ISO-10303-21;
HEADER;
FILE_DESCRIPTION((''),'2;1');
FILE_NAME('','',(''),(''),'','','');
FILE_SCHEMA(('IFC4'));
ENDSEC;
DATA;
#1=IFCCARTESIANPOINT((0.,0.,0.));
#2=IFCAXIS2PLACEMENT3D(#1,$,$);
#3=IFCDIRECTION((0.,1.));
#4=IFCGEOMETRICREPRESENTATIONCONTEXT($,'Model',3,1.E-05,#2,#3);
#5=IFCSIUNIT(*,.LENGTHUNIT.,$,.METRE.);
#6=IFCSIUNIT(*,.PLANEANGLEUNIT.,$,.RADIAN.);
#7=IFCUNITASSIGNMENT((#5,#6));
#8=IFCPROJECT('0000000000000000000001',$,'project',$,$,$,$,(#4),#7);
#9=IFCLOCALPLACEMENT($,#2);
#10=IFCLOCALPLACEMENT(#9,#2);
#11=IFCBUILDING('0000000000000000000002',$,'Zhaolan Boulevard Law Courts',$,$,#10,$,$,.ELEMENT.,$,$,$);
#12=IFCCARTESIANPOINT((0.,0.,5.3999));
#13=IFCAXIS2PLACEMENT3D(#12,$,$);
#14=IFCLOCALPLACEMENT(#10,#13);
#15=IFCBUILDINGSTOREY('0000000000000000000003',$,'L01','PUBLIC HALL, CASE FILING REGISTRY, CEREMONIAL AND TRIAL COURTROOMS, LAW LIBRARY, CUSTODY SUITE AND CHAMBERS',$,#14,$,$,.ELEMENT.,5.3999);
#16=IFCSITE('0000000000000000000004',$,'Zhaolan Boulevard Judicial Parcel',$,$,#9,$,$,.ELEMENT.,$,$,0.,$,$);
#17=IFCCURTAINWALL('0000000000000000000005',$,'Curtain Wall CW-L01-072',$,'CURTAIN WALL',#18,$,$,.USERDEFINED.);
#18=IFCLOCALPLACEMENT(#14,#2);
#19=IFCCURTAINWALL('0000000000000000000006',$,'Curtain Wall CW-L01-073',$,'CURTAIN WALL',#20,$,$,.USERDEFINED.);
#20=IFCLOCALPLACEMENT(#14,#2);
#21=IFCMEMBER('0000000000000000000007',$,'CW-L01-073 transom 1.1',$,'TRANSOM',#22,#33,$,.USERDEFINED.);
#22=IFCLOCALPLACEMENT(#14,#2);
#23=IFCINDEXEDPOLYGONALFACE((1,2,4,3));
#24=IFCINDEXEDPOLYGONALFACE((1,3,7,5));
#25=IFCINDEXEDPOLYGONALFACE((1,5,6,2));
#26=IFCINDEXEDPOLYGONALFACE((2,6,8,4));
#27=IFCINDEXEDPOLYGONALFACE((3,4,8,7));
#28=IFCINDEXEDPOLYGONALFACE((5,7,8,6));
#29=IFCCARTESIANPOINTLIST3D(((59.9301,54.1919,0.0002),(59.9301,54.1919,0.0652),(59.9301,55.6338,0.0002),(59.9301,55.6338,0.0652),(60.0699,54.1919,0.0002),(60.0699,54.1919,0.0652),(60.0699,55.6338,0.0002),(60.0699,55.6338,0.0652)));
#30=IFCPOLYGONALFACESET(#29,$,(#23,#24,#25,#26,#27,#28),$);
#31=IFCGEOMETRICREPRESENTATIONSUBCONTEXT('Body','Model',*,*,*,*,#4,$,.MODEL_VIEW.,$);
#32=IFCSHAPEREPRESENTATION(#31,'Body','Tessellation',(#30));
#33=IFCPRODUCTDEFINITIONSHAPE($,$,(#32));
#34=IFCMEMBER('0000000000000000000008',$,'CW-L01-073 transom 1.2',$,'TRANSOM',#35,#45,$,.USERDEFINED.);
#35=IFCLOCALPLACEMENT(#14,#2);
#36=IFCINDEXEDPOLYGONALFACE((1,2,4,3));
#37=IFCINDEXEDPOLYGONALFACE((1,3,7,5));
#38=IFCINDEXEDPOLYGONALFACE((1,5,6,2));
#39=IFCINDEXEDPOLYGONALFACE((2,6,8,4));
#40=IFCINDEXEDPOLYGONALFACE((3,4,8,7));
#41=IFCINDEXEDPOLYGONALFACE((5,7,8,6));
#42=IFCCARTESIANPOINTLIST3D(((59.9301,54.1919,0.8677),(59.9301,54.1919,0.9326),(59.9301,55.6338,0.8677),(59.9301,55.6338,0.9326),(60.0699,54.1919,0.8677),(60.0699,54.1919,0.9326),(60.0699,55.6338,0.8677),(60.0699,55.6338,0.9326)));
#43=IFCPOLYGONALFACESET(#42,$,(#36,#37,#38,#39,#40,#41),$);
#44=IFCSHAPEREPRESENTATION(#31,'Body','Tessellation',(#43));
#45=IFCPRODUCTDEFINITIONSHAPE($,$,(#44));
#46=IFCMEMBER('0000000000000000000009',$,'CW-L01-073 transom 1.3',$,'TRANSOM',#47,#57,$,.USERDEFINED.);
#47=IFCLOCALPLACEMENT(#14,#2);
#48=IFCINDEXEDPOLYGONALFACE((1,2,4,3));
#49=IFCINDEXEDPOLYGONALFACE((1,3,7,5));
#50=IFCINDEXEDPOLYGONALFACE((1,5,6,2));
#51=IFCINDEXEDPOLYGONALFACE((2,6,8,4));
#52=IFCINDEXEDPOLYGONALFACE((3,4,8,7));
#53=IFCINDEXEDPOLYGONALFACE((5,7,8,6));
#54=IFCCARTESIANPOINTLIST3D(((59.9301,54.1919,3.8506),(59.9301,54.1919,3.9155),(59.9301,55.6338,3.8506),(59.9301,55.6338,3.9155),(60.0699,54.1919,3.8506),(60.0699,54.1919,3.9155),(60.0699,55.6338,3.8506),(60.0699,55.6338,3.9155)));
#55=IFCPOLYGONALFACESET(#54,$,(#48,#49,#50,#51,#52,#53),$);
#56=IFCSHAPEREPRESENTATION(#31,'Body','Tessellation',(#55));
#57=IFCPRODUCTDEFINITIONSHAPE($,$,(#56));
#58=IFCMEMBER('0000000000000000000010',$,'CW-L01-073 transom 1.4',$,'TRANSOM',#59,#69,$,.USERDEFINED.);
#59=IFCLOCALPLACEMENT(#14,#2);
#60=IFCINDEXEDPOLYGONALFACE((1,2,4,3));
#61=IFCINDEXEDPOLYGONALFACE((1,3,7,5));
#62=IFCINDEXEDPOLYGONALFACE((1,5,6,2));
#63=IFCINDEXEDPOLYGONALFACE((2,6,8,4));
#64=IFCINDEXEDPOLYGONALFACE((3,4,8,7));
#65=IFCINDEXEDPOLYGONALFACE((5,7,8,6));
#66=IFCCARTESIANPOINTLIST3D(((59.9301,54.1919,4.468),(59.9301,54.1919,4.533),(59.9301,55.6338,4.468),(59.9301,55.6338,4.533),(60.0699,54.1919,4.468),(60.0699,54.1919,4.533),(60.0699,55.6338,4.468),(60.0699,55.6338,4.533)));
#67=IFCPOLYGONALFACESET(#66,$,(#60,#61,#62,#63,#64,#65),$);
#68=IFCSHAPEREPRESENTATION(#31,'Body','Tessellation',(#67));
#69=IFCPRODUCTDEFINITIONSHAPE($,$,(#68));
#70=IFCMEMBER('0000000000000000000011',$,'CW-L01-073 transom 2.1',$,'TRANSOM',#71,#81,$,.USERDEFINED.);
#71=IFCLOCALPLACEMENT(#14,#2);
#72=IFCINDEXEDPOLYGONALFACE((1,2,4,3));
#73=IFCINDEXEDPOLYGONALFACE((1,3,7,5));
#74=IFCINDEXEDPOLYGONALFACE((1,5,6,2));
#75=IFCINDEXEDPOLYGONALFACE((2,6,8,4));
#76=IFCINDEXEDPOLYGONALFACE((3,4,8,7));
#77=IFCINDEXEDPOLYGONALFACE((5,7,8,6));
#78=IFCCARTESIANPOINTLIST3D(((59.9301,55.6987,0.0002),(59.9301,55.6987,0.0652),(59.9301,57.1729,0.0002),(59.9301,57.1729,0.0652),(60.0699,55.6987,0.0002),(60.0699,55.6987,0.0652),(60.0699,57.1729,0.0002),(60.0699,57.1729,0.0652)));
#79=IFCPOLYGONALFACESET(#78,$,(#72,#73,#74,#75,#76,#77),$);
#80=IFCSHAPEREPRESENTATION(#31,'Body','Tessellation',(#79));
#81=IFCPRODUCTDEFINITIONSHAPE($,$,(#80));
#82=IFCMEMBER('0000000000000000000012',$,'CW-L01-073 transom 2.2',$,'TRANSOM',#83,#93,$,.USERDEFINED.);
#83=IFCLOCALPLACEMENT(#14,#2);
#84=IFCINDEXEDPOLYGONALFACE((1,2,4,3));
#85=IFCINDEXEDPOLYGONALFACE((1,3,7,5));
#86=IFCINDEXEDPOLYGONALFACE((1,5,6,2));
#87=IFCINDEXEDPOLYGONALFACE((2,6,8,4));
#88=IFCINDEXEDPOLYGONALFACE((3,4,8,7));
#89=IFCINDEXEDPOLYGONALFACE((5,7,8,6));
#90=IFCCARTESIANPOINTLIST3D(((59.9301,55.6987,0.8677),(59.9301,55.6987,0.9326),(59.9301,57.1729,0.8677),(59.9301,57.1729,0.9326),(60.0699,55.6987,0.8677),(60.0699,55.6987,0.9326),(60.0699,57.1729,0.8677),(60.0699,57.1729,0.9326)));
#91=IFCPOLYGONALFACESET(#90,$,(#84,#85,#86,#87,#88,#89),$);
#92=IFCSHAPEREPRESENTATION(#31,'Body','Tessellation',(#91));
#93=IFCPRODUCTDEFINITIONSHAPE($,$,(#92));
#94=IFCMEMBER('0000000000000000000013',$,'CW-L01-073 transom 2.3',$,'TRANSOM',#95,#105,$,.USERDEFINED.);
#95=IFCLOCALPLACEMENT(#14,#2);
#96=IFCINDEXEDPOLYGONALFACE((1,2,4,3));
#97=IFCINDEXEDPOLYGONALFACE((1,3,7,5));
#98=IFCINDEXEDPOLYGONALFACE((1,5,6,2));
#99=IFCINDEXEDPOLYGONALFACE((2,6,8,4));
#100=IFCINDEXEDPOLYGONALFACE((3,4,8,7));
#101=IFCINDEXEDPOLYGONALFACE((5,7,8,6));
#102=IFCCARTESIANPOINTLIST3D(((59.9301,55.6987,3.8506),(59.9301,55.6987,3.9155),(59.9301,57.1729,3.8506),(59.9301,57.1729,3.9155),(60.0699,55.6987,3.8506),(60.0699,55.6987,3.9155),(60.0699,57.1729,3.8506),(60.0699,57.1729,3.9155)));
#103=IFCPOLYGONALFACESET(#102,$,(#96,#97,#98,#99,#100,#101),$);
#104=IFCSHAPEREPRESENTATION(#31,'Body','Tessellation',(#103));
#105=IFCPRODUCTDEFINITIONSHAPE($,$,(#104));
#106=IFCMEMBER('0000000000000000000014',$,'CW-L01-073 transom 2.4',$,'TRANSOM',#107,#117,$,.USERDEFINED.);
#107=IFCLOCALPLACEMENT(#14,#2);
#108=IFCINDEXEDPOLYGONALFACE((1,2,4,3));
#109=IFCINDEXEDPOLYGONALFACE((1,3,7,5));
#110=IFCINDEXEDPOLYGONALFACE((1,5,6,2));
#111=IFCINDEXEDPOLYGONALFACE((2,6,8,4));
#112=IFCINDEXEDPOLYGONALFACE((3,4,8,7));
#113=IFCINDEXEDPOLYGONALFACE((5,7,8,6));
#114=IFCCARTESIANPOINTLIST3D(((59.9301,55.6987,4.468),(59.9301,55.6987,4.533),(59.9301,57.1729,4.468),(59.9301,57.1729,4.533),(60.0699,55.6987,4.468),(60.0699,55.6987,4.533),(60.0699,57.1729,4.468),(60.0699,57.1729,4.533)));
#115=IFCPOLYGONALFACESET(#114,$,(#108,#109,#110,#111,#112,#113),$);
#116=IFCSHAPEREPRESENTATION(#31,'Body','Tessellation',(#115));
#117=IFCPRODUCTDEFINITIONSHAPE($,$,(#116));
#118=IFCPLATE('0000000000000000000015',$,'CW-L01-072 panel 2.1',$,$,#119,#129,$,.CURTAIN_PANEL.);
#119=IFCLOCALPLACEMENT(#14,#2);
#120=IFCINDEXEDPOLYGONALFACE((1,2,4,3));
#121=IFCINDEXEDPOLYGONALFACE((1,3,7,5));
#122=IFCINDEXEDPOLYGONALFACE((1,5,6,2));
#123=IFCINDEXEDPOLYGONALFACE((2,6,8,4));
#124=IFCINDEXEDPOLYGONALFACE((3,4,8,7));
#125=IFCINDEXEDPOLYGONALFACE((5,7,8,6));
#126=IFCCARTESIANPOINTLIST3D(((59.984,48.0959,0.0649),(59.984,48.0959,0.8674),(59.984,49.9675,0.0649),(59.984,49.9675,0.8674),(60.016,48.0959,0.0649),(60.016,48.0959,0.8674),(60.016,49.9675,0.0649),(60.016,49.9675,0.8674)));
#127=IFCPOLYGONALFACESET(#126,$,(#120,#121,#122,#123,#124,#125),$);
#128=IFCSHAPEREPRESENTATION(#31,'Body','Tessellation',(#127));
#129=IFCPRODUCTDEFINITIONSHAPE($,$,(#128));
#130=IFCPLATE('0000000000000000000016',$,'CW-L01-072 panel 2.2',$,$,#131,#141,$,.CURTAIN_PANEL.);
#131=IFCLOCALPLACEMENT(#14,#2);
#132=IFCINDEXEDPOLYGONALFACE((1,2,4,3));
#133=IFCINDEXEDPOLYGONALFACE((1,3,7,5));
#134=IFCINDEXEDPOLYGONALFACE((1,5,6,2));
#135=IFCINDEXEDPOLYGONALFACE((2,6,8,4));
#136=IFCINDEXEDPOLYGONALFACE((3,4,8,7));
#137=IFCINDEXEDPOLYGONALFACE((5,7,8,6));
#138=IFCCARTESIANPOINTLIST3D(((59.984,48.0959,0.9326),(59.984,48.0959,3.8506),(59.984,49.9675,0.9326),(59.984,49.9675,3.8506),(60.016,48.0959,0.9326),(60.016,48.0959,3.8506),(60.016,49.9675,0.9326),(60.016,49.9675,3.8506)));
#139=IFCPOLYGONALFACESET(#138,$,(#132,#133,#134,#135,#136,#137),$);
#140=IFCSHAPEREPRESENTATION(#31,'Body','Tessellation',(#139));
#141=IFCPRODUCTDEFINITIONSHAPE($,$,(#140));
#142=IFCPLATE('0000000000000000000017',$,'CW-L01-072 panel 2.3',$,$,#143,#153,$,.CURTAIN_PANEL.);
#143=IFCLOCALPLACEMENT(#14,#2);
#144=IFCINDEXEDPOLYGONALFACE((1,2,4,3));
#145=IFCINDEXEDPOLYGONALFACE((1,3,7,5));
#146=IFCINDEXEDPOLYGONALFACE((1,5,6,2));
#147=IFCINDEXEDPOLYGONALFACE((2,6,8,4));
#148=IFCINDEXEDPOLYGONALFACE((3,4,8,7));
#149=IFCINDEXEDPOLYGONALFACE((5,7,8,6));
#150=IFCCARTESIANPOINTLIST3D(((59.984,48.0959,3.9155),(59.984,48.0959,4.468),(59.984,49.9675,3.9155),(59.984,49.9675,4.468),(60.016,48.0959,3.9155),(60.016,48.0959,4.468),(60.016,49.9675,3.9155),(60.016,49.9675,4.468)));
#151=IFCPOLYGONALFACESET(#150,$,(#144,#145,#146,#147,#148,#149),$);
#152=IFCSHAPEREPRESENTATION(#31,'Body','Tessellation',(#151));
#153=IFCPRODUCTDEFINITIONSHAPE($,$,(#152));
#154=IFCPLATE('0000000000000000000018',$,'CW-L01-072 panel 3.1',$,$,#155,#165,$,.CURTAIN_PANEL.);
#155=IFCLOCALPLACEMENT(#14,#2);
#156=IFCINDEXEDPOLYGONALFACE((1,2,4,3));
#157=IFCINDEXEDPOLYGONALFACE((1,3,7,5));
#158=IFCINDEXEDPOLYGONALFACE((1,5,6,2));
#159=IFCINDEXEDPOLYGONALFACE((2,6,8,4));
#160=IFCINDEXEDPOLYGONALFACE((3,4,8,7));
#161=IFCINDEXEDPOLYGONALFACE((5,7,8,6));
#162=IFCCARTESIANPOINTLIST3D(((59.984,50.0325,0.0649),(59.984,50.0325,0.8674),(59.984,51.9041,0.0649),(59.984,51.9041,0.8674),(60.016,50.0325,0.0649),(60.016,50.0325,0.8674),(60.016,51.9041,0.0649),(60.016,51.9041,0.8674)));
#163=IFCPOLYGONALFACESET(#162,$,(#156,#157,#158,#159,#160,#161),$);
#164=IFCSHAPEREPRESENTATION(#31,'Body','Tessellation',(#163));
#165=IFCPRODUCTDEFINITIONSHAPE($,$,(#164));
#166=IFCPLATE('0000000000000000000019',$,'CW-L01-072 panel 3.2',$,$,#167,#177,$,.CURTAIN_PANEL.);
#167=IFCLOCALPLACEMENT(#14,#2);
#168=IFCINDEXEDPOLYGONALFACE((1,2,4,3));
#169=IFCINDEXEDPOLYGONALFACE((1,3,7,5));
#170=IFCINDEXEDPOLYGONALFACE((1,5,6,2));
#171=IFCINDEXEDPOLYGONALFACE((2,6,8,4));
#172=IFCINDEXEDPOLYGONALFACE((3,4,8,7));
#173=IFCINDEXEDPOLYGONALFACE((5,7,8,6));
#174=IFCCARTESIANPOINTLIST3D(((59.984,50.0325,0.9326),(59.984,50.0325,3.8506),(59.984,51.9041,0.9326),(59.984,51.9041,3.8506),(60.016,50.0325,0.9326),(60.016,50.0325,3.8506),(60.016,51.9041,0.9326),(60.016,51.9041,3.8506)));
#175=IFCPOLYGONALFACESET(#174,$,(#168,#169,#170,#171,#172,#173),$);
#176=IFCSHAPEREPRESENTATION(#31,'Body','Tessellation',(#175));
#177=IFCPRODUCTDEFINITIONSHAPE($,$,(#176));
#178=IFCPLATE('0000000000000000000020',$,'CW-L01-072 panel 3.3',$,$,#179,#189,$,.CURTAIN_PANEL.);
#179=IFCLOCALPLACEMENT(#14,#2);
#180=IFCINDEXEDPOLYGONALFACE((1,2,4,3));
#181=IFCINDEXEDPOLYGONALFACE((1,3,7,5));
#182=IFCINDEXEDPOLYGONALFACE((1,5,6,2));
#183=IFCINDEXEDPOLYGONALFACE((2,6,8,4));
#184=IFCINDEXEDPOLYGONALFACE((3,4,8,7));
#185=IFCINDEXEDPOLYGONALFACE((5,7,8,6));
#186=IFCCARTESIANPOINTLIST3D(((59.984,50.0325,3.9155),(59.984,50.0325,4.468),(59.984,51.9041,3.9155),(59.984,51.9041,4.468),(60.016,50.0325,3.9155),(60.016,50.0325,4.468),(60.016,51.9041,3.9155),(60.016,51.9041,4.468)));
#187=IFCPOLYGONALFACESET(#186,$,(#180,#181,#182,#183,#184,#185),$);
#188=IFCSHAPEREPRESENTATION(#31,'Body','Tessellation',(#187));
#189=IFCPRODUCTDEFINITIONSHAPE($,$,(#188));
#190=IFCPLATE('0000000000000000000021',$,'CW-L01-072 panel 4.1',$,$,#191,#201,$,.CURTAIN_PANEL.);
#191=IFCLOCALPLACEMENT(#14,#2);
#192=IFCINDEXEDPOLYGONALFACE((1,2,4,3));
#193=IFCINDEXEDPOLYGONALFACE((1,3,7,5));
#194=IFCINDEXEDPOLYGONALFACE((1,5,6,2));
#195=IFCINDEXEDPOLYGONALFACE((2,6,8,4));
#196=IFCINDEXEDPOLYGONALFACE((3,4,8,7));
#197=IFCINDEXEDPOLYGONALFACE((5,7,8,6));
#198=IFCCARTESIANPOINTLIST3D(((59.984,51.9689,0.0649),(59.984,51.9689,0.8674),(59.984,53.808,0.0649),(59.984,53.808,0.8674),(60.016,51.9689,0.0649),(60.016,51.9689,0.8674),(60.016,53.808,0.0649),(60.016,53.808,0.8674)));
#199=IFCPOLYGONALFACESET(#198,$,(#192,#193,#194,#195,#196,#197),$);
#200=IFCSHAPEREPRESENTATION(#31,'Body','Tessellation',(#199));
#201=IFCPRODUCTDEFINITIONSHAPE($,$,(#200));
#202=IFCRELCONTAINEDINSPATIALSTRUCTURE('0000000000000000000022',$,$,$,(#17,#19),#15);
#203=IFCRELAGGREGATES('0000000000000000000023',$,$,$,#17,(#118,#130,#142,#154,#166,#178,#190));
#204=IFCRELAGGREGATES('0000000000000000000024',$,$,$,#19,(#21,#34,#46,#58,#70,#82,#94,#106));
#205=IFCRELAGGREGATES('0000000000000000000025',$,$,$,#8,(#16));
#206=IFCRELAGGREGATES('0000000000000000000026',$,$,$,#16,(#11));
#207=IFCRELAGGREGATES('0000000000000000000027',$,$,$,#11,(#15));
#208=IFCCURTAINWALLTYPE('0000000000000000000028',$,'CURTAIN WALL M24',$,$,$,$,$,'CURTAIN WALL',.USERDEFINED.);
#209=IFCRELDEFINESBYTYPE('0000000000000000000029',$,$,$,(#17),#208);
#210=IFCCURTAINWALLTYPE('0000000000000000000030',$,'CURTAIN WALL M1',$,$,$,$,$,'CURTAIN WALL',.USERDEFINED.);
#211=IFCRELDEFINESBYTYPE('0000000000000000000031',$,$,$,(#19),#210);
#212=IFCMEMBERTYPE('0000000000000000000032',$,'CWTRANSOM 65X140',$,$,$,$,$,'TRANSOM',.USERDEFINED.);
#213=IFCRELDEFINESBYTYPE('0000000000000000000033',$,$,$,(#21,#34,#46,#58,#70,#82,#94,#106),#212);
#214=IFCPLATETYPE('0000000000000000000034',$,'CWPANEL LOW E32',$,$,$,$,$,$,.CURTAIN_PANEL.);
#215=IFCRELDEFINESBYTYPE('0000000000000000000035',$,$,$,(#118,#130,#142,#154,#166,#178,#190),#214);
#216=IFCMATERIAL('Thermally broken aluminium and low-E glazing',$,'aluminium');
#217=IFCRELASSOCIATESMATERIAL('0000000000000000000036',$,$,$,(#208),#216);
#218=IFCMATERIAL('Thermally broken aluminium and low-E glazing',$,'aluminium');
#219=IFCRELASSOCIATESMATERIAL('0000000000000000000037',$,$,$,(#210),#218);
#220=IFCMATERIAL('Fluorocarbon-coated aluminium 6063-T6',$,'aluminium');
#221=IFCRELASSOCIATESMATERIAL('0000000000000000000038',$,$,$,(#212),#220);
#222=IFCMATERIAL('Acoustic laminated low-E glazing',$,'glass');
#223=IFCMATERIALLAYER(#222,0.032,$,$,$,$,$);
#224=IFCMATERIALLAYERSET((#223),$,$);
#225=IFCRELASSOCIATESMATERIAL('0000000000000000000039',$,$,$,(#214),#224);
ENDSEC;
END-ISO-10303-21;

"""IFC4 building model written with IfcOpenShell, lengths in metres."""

from ifc_helpers import new_model, si_unit, direction, frame, origin, origin_2d, place, context, subcontext, project, spatial, rectangle, extrude, material, layer, layer_set, material_profile, profile_set, type_object, element, aggregate, save


model = new_model("IFC4")

# Units and contexts
model_context = context("Model", 3, precision=1e-05, world=origin(), true_north=direction((0.0, 1.0)))
body_context = subcontext(model_context, "Body", "Model", "MODEL_VIEW")
ifc_project = project(units=[si_unit("LENGTHUNIT", "METRE"), si_unit("PLANEANGLEUNIT", "RADIAN")], contexts=[model_context])

# Site, building, storey
site_placement = place(None, origin())
site = spatial("IfcSite", under=ifc_project, at=site_placement, Name="Zhaolan Boulevard Judicial Parcel", CompositionType="ELEMENT", RefElevation=0.0)
building_placement = place(site_placement, origin())
building = spatial("IfcBuilding", under=site, at=building_placement, Name="Zhaolan Boulevard Law Courts", CompositionType="ELEMENT")
storey_placement = place(building_placement, frame((0.0, 0.0, 5.3999)))
storey = spatial("IfcBuildingStorey", under=building, at=storey_placement, Name="L01", Description="PUBLIC HALL, CASE FILING REGISTRY, CEREMONIAL AND TRIAL COURTROOMS, LAW LIBRARY, CUSTODY SUITE AND CHAMBERS", CompositionType="ELEMENT", Elevation=5.3999)

# Curtain walls
ifc_material_1 = material(Name="Thermally broken aluminium and low-E glazing", Category="aluminium")
curtain_wall_type_1 = type_object("IfcCurtainWallType", Name="CURTAIN WALL M24", ElementType="CURTAIN WALL", PredefinedType="USERDEFINED", material=ifc_material_1)
curtain_wall_1_placement = place(storey_placement, origin())
curtain_wall_1 = element("IfcCurtainWall", 1, at=curtain_wall_1_placement, inside=storey, type_object=curtain_wall_type_1, Name="Curtain Wall CW-L01-072", ObjectType="CURTAIN WALL", PredefinedType="USERDEFINED")
ifc_material_2 = material(Name="Thermally broken aluminium and low-E glazing", Category="aluminium")
curtain_wall_type_2 = type_object("IfcCurtainWallType", Name="CURTAIN WALL M1", ElementType="CURTAIN WALL", PredefinedType="USERDEFINED", material=ifc_material_2)
curtain_wall_2_placement = place(storey_placement, origin())
curtain_wall_2 = element("IfcCurtainWall", 2, at=curtain_wall_2_placement, inside=storey, type_object=curtain_wall_type_2, Name="Curtain Wall CW-L01-073", ObjectType="CURTAIN WALL", PredefinedType="USERDEFINED")

# Members
ifc_material_3 = material(Name="Fluorocarbon-coated aluminium 6063-T6", Category="aluminium")
ifc_material_profile_1 = material_profile(ifc_material_3, rectangle(XDim=0.1399, YDim=0.0649, at=origin_2d()), Name="AL65x140")
ifc_profile_set_1 = profile_set([ifc_material_profile_1], Name="Fluorocarbon-coated aluminium 6063-T6")
member_type_1 = type_object("IfcMemberType", Name="CWTRANSOM 65X140", ElementType="TRANSOM", PredefinedType="USERDEFINED", material=ifc_profile_set_1)
member_1_placement = place(storey_placement, frame((60.0, 54.1919, 0.0327), z_axis=(0.0, 1.0, 0.0), x_axis=(-1.0, 0.0, 0.0)))
member_1 = element("IfcMember", 3, at=member_1_placement, type_object=member_type_1, Name="CW-L01-073 transom 1.1", ObjectType="TRANSOM", PredefinedType="USERDEFINED", context=body_context, shape_type="SweptSolid", body=[
    extrude(rectangle(XDim=0.1399, YDim=0.0649, at=origin_2d()), origin(), (0.0, 0.0, 1.0), 1.4419),
])
member_2_placement = place(storey_placement, frame((60.0, 54.1919, 0.9001), z_axis=(0.0, 1.0, 0.0), x_axis=(-1.0, 0.0, 0.0)))
member_2 = element("IfcMember", 4, at=member_2_placement, type_object=member_type_1, Name="CW-L01-073 transom 1.2", ObjectType="TRANSOM", PredefinedType="USERDEFINED", context=body_context, shape_type="SweptSolid", body=[
    extrude(rectangle(XDim=0.1399, YDim=0.0649, at=origin_2d()), origin(), (0.0, 0.0, 1.0), 1.4419),
])
member_3_placement = place(storey_placement, frame((60.0, 54.1919, 3.8831), z_axis=(0.0, 1.0, 0.0), x_axis=(-1.0, 0.0, 0.0)))
member_3 = element("IfcMember", 5, at=member_3_placement, type_object=member_type_1, Name="CW-L01-073 transom 1.3", ObjectType="TRANSOM", PredefinedType="USERDEFINED", context=body_context, shape_type="SweptSolid", body=[
    extrude(rectangle(XDim=0.1399, YDim=0.0649, at=origin_2d()), origin(), (0.0, 0.0, 1.0), 1.4419),
])
member_4_placement = place(storey_placement, frame((60.0, 54.1919, 4.5005), z_axis=(0.0, 1.0, 0.0), x_axis=(-1.0, 0.0, 0.0)))
member_4 = element("IfcMember", 6, at=member_4_placement, type_object=member_type_1, Name="CW-L01-073 transom 1.4", ObjectType="TRANSOM", PredefinedType="USERDEFINED", context=body_context, shape_type="SweptSolid", body=[
    extrude(rectangle(XDim=0.1399, YDim=0.0649, at=origin_2d()), origin(), (0.0, 0.0, 1.0), 1.4419),
])
member_5_placement = place(storey_placement, frame((60.0, 55.6987, 0.0327), z_axis=(0.0, 1.0, 0.0), x_axis=(-1.0, 0.0, 0.0)))
member_5 = element("IfcMember", 7, at=member_5_placement, type_object=member_type_1, Name="CW-L01-073 transom 2.1", ObjectType="TRANSOM", PredefinedType="USERDEFINED", context=body_context, shape_type="SweptSolid", body=[
    extrude(rectangle(XDim=0.1399, YDim=0.0649, at=origin_2d()), origin(), (0.0, 0.0, 1.0), 1.4741),
])
member_6_placement = place(storey_placement, frame((60.0, 55.6987, 0.9001), z_axis=(0.0, 1.0, 0.0), x_axis=(-1.0, 0.0, 0.0)))
member_6 = element("IfcMember", 8, at=member_6_placement, type_object=member_type_1, Name="CW-L01-073 transom 2.2", ObjectType="TRANSOM", PredefinedType="USERDEFINED", context=body_context, shape_type="SweptSolid", body=[
    extrude(rectangle(XDim=0.1399, YDim=0.0649, at=origin_2d()), origin(), (0.0, 0.0, 1.0), 1.4741),
])
member_7_placement = place(storey_placement, frame((60.0, 55.6987, 3.8831), z_axis=(0.0, 1.0, 0.0), x_axis=(-1.0, 0.0, 0.0)))
member_7 = element("IfcMember", 9, at=member_7_placement, type_object=member_type_1, Name="CW-L01-073 transom 2.3", ObjectType="TRANSOM", PredefinedType="USERDEFINED", context=body_context, shape_type="SweptSolid", body=[
    extrude(rectangle(XDim=0.1399, YDim=0.0649, at=origin_2d()), origin(), (0.0, 0.0, 1.0), 1.4741),
])
member_8_placement = place(storey_placement, frame((60.0, 55.6987, 4.5005), z_axis=(0.0, 1.0, 0.0), x_axis=(-1.0, 0.0, 0.0)))
member_8 = element("IfcMember", 10, at=member_8_placement, type_object=member_type_1, Name="CW-L01-073 transom 2.4", ObjectType="TRANSOM", PredefinedType="USERDEFINED", context=body_context, shape_type="SweptSolid", body=[
    extrude(rectangle(XDim=0.1399, YDim=0.0649, at=origin_2d()), origin(), (0.0, 0.0, 1.0), 1.4741),
])

# Plates
ifc_material_4 = material(Name="Acoustic laminated low-E glazing", Category="glass")
ifc_layer = layer(ifc_material_4, 0.032)
ifc_layer_set = layer_set([ifc_layer])
plate_type = type_object("IfcPlateType", Name="CWPANEL LOW E32", PredefinedType="CURTAIN_PANEL", material=ifc_layer_set)
plate_1_placement = place(storey_placement, frame((60.0, 49.0317, 0.0649), z_axis=(0.0, 0.0, 1.0), x_axis=(0.0, 1.0, 0.0)))
plate_1 = element("IfcPlate", 11, at=plate_1_placement, type_object=plate_type, Name="CW-L01-072 panel 2.1", PredefinedType="CURTAIN_PANEL", context=body_context, shape_type="SweptSolid", body=[
    extrude(rectangle(XDim=1.8716, YDim=0.032, at=origin_2d()), origin(), (0.0, 0.0, 1.0), 0.8025),
])
plate_2_placement = place(storey_placement, frame((60.0, 49.0317, 0.9326), z_axis=(0.0, 0.0, 1.0), x_axis=(0.0, 1.0, 0.0)))
plate_2 = element("IfcPlate", 12, at=plate_2_placement, type_object=plate_type, Name="CW-L01-072 panel 2.2", PredefinedType="CURTAIN_PANEL", context=body_context, shape_type="SweptSolid", body=[
    extrude(rectangle(XDim=1.8716, YDim=0.032, at=origin_2d()), origin(), (0.0, 0.0, 1.0), 2.918),
])
plate_3_placement = place(storey_placement, frame((60.0, 49.0317, 3.9155), z_axis=(0.0, 0.0, 1.0), x_axis=(0.0, 1.0, 0.0)))
plate_3 = element("IfcPlate", 13, at=plate_3_placement, type_object=plate_type, Name="CW-L01-072 panel 2.3", PredefinedType="CURTAIN_PANEL", context=body_context, shape_type="SweptSolid", body=[
    extrude(rectangle(XDim=1.8716, YDim=0.032, at=origin_2d()), origin(), (0.0, 0.0, 1.0), 0.5525),
])
plate_4_placement = place(storey_placement, frame((60.0, 50.9683, 0.0649), z_axis=(0.0, 0.0, 1.0), x_axis=(0.0, 1.0, 0.0)))
plate_4 = element("IfcPlate", 14, at=plate_4_placement, type_object=plate_type, Name="CW-L01-072 panel 3.1", PredefinedType="CURTAIN_PANEL", context=body_context, shape_type="SweptSolid", body=[
    extrude(rectangle(XDim=1.8716, YDim=0.032, at=origin_2d()), origin(), (0.0, 0.0, 1.0), 0.8025),
])
plate_5_placement = place(storey_placement, frame((60.0, 50.9683, 0.9326), z_axis=(0.0, 0.0, 1.0), x_axis=(0.0, 1.0, 0.0)))
plate_5 = element("IfcPlate", 15, at=plate_5_placement, type_object=plate_type, Name="CW-L01-072 panel 3.2", PredefinedType="CURTAIN_PANEL", context=body_context, shape_type="SweptSolid", body=[
    extrude(rectangle(XDim=1.8716, YDim=0.032, at=origin_2d()), origin(), (0.0, 0.0, 1.0), 2.918),
])
plate_6_placement = place(storey_placement, frame((60.0, 50.9683, 3.9155), z_axis=(0.0, 0.0, 1.0), x_axis=(0.0, 1.0, 0.0)))
plate_6 = element("IfcPlate", 16, at=plate_6_placement, type_object=plate_type, Name="CW-L01-072 panel 3.3", PredefinedType="CURTAIN_PANEL", context=body_context, shape_type="SweptSolid", body=[
    extrude(rectangle(XDim=1.8716, YDim=0.032, at=origin_2d()), origin(), (0.0, 0.0, 1.0), 0.5525),
])
plate_7_placement = place(storey_placement, frame((60.0, 52.8884, 0.0649), z_axis=(0.0, 0.0, 1.0), x_axis=(0.0, 1.0, 0.0)))
plate_7 = element("IfcPlate", 17, at=plate_7_placement, type_object=plate_type, Name="CW-L01-072 panel 4.1", PredefinedType="CURTAIN_PANEL", context=body_context, shape_type="SweptSolid", body=[
    extrude(rectangle(XDim=1.8391, YDim=0.032, at=origin_2d()), origin(), (0.0, 0.0, 1.0), 0.8025),
])
aggregate(curtain_wall_1, [plate_1, plate_2, plate_3, plate_4, plate_5, plate_6, plate_7])
aggregate(curtain_wall_2, [member_1, member_2, member_3, member_4, member_5, member_6, member_7, member_8])

save(model, "model.ifc")
